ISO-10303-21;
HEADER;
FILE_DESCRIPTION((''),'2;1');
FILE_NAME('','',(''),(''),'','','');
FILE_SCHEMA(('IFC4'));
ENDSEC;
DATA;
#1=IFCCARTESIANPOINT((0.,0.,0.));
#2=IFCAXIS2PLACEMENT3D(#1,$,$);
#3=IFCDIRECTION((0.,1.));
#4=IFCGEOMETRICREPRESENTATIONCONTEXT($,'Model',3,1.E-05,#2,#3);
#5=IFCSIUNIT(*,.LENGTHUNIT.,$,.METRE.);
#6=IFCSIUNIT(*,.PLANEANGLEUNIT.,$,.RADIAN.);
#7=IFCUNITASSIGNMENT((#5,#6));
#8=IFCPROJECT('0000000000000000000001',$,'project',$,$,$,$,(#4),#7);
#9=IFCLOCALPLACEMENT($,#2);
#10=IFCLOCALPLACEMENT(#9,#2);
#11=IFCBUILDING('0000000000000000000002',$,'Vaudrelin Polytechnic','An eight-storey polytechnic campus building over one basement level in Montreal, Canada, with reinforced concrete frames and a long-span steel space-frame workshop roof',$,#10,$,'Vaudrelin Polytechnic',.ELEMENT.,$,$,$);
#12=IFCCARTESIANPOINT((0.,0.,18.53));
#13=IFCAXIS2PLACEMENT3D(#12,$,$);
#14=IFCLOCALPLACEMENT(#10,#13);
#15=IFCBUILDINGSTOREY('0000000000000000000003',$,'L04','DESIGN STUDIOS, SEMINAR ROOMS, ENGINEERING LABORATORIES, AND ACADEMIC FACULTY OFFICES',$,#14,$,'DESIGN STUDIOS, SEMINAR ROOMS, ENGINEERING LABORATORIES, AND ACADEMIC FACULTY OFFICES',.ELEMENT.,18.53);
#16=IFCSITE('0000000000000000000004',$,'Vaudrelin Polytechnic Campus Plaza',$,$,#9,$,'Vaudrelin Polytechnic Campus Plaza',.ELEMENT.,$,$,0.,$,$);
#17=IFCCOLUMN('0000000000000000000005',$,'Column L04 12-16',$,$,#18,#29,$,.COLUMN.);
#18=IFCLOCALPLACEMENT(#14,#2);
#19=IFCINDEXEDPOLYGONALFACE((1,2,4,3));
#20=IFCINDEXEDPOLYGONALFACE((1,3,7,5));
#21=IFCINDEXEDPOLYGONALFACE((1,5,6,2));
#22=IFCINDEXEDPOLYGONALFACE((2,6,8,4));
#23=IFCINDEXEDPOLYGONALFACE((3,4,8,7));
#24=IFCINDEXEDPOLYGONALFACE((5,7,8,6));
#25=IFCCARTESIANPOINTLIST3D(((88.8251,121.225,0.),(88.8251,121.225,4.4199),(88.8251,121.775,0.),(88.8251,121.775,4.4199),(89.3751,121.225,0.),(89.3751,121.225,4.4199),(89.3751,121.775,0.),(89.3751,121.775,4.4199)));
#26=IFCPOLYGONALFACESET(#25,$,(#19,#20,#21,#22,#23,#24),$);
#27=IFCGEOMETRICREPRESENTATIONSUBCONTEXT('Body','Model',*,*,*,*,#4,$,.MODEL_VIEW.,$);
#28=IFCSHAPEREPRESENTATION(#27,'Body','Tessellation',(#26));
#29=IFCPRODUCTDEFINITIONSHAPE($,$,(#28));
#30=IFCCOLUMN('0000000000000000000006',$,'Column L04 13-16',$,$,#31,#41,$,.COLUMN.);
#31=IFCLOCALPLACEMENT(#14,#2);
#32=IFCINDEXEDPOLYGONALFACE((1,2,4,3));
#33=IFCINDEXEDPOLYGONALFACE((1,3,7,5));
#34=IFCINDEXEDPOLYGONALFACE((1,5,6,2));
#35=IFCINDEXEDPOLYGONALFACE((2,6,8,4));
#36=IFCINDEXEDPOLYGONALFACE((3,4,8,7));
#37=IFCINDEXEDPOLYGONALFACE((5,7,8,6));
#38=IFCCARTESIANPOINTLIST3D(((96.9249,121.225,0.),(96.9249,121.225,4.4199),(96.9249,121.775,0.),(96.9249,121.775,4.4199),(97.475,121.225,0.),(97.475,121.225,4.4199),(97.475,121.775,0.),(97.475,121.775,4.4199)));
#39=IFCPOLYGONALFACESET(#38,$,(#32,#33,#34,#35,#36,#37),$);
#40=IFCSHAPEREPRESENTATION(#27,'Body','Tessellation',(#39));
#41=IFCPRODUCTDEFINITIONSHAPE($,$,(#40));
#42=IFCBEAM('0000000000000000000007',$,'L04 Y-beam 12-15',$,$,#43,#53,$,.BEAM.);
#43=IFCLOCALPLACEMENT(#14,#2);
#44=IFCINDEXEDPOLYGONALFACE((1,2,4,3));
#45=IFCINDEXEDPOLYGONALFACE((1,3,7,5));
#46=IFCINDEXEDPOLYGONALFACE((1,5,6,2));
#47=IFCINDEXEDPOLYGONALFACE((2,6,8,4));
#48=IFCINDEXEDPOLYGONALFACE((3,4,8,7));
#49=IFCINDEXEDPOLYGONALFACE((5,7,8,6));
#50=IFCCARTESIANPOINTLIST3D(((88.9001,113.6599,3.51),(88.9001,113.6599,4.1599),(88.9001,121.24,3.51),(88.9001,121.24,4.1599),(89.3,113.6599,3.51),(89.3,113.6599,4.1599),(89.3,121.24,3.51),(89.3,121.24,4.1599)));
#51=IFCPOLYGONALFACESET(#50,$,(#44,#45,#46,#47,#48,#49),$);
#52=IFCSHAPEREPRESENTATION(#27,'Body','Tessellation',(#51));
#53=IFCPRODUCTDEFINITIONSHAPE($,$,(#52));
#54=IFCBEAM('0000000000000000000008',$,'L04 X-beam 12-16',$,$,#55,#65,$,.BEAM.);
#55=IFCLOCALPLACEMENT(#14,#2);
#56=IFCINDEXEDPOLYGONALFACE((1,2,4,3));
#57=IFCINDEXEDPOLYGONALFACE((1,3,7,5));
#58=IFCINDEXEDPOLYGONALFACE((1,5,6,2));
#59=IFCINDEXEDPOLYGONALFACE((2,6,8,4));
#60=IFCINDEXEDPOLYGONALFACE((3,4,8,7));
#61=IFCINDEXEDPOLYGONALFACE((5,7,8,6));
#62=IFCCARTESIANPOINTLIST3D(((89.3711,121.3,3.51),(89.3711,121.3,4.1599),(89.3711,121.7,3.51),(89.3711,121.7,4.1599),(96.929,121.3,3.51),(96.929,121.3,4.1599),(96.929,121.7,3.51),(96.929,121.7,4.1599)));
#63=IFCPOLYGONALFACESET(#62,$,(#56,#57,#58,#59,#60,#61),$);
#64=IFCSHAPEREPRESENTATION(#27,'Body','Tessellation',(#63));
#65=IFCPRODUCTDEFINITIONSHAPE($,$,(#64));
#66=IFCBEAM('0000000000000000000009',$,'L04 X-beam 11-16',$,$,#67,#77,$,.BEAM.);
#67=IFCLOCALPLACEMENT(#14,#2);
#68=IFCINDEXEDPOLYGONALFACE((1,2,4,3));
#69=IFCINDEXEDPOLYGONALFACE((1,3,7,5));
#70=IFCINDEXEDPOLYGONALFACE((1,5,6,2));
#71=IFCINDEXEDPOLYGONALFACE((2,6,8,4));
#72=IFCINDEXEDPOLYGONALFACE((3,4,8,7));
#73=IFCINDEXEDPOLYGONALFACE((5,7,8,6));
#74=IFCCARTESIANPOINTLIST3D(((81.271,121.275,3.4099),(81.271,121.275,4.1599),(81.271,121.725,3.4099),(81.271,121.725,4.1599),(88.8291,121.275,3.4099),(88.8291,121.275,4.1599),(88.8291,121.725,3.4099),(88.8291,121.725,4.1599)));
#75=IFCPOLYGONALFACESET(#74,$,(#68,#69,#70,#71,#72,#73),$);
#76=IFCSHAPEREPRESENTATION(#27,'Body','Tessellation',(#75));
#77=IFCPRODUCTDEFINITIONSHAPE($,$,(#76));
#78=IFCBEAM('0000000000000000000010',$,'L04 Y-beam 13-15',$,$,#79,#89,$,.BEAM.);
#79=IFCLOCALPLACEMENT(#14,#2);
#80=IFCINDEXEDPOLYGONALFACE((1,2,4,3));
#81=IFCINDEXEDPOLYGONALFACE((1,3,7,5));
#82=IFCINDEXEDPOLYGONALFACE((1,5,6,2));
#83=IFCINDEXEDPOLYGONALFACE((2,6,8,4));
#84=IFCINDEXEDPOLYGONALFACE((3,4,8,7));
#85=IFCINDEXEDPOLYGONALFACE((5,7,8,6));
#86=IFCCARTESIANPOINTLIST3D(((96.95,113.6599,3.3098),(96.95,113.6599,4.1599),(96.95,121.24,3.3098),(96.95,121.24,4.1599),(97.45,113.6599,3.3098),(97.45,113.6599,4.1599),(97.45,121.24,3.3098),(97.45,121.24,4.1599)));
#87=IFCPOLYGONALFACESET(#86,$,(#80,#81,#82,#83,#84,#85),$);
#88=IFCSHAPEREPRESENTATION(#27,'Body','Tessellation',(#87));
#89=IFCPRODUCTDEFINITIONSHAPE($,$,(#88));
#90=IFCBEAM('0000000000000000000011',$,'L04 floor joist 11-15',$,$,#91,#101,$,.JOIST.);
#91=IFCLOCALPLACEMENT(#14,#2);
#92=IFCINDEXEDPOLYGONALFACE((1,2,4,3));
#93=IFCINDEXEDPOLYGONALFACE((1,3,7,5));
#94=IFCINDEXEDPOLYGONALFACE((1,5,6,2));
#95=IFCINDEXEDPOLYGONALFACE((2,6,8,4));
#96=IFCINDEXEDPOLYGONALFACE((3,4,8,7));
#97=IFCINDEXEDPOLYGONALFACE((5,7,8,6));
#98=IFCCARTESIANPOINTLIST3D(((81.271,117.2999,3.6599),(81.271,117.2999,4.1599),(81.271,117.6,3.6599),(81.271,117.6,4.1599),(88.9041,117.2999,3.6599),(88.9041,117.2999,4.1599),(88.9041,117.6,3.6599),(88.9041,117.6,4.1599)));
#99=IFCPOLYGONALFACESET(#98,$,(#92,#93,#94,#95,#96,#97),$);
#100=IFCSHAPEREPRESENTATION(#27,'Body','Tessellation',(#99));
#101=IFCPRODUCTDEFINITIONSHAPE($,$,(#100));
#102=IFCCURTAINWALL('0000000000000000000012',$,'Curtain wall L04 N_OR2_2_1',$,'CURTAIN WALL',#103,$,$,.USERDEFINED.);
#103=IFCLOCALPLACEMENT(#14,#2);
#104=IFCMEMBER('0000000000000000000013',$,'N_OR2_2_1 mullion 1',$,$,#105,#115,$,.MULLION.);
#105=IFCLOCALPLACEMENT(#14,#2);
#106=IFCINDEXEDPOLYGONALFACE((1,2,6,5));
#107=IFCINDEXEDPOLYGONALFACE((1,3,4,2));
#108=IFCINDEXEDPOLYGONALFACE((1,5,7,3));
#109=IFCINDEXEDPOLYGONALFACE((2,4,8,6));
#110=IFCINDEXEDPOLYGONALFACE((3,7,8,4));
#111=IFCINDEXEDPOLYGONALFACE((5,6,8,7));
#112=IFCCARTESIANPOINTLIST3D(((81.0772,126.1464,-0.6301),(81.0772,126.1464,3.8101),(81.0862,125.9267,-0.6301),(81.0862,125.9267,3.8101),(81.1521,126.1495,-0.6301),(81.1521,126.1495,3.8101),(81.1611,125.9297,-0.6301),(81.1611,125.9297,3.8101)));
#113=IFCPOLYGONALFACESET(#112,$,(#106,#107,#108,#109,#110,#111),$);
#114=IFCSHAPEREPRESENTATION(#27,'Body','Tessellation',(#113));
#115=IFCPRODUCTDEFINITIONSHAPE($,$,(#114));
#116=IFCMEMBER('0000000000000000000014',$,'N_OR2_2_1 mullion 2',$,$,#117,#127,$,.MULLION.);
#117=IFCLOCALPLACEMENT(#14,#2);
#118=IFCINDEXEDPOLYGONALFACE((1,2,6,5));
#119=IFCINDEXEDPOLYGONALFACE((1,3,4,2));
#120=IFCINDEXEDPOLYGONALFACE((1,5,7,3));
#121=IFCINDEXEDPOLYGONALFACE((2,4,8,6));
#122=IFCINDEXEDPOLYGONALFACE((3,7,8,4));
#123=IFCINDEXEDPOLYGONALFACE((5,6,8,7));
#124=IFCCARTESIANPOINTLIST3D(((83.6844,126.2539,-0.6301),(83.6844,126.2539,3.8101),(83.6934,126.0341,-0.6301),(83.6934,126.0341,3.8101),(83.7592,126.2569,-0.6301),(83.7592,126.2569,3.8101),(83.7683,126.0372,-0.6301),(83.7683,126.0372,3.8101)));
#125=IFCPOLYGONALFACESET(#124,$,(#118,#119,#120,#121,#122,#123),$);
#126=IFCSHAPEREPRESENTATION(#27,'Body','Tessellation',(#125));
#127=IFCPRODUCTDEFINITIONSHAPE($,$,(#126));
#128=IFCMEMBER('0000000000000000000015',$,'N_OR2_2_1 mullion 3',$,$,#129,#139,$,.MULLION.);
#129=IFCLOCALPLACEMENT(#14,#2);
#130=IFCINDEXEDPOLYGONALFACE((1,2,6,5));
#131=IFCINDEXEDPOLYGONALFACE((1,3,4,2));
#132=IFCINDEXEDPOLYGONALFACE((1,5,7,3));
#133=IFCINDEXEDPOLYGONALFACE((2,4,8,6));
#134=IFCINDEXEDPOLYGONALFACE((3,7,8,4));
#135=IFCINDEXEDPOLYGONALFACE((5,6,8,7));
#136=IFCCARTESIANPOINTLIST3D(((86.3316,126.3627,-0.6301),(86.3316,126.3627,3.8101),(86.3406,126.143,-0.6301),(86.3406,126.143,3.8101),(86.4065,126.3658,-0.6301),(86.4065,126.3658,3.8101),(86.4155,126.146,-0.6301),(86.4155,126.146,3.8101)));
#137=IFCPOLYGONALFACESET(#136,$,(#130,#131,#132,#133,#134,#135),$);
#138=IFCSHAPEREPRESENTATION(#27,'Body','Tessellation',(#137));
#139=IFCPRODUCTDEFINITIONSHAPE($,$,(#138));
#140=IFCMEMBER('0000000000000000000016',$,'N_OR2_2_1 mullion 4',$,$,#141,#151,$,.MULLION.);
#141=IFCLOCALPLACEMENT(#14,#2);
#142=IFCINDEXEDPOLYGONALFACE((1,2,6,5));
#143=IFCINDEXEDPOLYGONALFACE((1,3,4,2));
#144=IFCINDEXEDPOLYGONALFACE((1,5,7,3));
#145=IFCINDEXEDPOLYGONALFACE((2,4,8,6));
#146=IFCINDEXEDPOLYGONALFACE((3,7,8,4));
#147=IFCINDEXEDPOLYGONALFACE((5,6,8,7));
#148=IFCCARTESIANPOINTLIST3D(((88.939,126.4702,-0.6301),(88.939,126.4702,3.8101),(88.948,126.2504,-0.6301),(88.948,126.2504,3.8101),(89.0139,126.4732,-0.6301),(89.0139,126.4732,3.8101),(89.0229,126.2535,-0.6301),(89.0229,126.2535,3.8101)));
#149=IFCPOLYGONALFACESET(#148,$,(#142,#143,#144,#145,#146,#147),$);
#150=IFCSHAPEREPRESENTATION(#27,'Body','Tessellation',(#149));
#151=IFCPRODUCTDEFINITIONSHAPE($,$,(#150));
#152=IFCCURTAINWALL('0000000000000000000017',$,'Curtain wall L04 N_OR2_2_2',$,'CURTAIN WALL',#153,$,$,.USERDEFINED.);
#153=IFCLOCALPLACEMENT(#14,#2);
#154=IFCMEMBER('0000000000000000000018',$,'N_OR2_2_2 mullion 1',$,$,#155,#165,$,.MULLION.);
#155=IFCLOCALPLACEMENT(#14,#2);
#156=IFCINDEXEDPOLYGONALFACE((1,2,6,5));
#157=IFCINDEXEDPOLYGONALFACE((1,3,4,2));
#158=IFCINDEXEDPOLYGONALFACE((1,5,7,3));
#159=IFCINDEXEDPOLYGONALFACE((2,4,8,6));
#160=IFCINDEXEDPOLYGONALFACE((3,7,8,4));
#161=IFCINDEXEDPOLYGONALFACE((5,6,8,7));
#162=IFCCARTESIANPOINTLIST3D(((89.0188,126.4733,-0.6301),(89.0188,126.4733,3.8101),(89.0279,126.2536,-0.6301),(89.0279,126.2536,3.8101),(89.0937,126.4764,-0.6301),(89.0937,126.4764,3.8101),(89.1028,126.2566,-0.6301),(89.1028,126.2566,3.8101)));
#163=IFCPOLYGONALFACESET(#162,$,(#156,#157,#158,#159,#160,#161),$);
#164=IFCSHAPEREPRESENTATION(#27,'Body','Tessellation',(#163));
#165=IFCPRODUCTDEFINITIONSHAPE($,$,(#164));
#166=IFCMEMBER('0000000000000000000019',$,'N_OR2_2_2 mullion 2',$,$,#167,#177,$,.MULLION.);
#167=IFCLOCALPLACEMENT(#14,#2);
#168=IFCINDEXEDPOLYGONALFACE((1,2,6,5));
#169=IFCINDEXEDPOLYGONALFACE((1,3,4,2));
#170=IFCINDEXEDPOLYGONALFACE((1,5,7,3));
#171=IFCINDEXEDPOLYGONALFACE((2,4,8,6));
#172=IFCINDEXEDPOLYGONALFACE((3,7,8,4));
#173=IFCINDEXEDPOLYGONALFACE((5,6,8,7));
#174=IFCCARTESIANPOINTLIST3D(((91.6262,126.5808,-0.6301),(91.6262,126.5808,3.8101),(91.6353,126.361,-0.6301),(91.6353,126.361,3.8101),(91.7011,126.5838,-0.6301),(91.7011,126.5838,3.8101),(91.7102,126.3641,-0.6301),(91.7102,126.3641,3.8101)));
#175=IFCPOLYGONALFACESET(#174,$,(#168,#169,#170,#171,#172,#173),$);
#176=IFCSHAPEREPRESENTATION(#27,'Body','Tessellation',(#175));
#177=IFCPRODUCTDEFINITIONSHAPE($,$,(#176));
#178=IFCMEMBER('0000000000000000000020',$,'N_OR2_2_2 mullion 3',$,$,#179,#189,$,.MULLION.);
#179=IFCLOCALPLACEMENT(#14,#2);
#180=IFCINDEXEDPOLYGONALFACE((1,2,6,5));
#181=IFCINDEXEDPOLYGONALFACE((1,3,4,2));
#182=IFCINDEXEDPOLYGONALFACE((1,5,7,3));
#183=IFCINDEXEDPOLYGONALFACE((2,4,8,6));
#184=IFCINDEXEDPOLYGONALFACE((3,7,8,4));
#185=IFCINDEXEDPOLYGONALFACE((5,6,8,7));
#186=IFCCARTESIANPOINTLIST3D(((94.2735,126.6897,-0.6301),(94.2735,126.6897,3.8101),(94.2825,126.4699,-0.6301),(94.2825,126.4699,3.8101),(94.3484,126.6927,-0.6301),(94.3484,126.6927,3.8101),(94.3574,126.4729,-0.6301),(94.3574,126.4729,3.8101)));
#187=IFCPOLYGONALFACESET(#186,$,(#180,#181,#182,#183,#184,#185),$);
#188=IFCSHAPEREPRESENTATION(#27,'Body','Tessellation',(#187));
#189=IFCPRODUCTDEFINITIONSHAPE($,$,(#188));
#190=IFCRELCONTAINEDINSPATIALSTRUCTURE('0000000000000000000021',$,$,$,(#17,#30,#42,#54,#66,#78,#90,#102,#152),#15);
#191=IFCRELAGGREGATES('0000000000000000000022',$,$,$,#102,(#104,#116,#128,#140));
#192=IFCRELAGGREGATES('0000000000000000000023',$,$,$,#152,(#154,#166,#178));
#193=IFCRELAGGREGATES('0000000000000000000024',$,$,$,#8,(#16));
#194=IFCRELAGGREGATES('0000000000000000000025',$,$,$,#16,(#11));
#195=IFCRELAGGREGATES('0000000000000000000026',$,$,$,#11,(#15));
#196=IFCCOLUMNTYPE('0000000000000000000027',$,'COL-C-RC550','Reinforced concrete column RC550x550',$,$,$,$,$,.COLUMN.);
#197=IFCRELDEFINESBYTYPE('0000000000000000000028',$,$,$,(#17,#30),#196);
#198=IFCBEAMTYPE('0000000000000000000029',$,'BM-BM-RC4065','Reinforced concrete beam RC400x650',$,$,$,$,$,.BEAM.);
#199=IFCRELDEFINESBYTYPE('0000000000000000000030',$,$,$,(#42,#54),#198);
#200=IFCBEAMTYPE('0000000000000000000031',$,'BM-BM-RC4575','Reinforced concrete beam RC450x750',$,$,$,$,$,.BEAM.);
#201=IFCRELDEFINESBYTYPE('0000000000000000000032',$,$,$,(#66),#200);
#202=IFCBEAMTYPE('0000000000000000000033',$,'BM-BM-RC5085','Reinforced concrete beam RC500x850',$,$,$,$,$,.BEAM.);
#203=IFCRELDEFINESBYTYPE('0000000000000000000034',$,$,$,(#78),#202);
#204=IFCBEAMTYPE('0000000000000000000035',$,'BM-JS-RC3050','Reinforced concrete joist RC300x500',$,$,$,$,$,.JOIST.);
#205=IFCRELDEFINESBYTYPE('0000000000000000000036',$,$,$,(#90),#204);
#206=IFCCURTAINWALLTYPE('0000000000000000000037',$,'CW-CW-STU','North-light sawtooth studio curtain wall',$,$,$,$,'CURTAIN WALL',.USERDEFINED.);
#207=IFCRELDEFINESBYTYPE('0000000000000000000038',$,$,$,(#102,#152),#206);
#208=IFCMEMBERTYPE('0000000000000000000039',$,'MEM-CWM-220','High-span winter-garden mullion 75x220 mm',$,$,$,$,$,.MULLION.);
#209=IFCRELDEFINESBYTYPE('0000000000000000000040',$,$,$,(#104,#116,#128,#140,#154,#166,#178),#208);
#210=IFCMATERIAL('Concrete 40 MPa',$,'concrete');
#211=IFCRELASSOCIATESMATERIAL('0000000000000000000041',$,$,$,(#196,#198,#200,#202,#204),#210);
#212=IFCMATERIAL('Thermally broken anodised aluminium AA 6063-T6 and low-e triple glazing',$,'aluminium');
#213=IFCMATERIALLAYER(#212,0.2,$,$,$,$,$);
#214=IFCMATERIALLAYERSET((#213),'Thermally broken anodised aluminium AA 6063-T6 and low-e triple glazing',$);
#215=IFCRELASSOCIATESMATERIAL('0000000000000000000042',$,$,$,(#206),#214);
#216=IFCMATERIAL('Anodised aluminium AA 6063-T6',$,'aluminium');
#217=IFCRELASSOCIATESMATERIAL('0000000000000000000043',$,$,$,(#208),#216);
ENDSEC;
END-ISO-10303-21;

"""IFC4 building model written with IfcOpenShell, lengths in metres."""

from ifc_helpers import new_model, si_unit, direction, frame, origin, origin_2d, place, context, subcontext, project, spatial, rectangle, extrude, material, layer, layer_set, material_profile, profile_set, type_object, element, aggregate, save


model = new_model("IFC4")

# Units and contexts
model_context = context("Model", 3, precision=1e-05, world=origin(), true_north=direction((0.0, 1.0)))
body_context = subcontext(model_context, "Body", "Model", "MODEL_VIEW")
ifc_project = project(units=[si_unit("LENGTHUNIT", "METRE"), si_unit("PLANEANGLEUNIT", "RADIAN")], contexts=[model_context])

# Site, building, storey
site_placement = place(None, origin())
site = spatial("IfcSite", under=ifc_project, at=site_placement, Name="Vaudrelin Polytechnic Campus Plaza", LongName="Vaudrelin Polytechnic Campus Plaza", CompositionType="ELEMENT", RefElevation=0.0)
building_placement = place(site_placement, origin())
building = spatial("IfcBuilding", under=site, at=building_placement, Name="Vaudrelin Polytechnic", Description="An eight-storey polytechnic campus building over one basement level in Montreal, Canada, with reinforced concrete frames and a long-span steel space-frame workshop roof", LongName="Vaudrelin Polytechnic", CompositionType="ELEMENT")
storey_placement = place(building_placement, frame((0.0, 0.0, 18.53)))
storey = spatial("IfcBuildingStorey", under=building, at=storey_placement, Name="L04", Description="DESIGN STUDIOS, SEMINAR ROOMS, ENGINEERING LABORATORIES, AND ACADEMIC FACULTY OFFICES", LongName="DESIGN STUDIOS, SEMINAR ROOMS, ENGINEERING LABORATORIES, AND ACADEMIC FACULTY OFFICES", CompositionType="ELEMENT", Elevation=18.53)

# Columns
ifc_material_1 = material(Name="Concrete 40 MPa", Category="concrete")
ifc_material_profile_1 = material_profile(ifc_material_1, rectangle(XDim=0.55, YDim=0.55, at=origin_2d()), Name="RC550x550")
ifc_profile_set_1 = profile_set([ifc_material_profile_1], Name="Concrete 40 MPa")
column_type = type_object("IfcColumnType", Name="COL-C-RC550", Description="Reinforced concrete column RC550x550", PredefinedType="COLUMN", material=ifc_profile_set_1)
for number, where, z_axis, x_axis, name in (
    (1, (89.1001, 121.5, 0.0), (0.0, 0.0, 1.0), (1.0, 0.0, 0.0), "Column L04 12-16"),
    (2, (97.2, 121.5, 0.0), (0.0, 0.0, 1.0), (1.0, 0.0, 0.0), "Column L04 13-16"),
):
    element("IfcColumn", number, at=place(storey_placement, frame(where, z_axis=z_axis, x_axis=x_axis)), inside=storey, type_object=column_type, Name=name, PredefinedType="COLUMN", context=body_context, shape_type="SweptSolid", body=[
        extrude(rectangle(XDim=0.55, YDim=0.55, at=origin_2d()), origin(), (0.0, 0.0, 1.0), 4.4199),
    ])

# Beams
ifc_material_profile_2 = material_profile(ifc_material_1, rectangle(XDim=0.3999, YDim=0.6499, at=origin_2d()), Name="RC400x650")
ifc_profile_set_2 = profile_set([ifc_material_profile_2], Name="Concrete 40 MPa")
beam_type_1 = type_object("IfcBeamType", Name="BM-BM-RC4065", Description="Reinforced concrete beam RC400x650", PredefinedType="BEAM", material=ifc_profile_set_2)
beam_1_placement = place(storey_placement, frame((89.1001, 113.6599, 3.835), z_axis=(0.0, 1.0, 0.0), x_axis=(-1.0, 0.0, 0.0)))
element("IfcBeam", 3, at=beam_1_placement, inside=storey, type_object=beam_type_1, Name="L04 Y-beam 12-15", PredefinedType="BEAM", context=body_context, shape_type="SweptSolid", body=[
    extrude(rectangle(XDim=0.3999, YDim=0.6499, at=origin_2d()), origin(), (0.0, 0.0, 1.0), 7.5801),
])
beam_2_placement = place(storey_placement, frame((89.3711, 121.5, 3.835), z_axis=(1.0, 0.0, 0.0), x_axis=(0.0, 1.0, 0.0)))
element("IfcBeam", 4, at=beam_2_placement, inside=storey, type_object=beam_type_1, Name="L04 X-beam 12-16", PredefinedType="BEAM", context=body_context, shape_type="SweptSolid", body=[
    extrude(rectangle(XDim=0.3999, YDim=0.6499, at=origin_2d()), origin(), (0.0, 0.0, 1.0), 7.5579),
])
ifc_material_profile_3 = material_profile(ifc_material_1, rectangle(XDim=0.45, YDim=0.75, at=origin_2d()), Name="RC450x750")
ifc_profile_set_3 = profile_set([ifc_material_profile_3], Name="Concrete 40 MPa")
beam_type_2 = type_object("IfcBeamType", Name="BM-BM-RC4575", Description="Reinforced concrete beam RC450x750", PredefinedType="BEAM", material=ifc_profile_set_3)
beam_3_placement = place(storey_placement, frame((81.271, 121.5, 3.7849), z_axis=(1.0, 0.0, 0.0), x_axis=(0.0, 1.0, 0.0)))
element("IfcBeam", 5, at=beam_3_placement, inside=storey, type_object=beam_type_2, Name="L04 X-beam 11-16", PredefinedType="BEAM", context=body_context, shape_type="SweptSolid", body=[
    extrude(rectangle(XDim=0.45, YDim=0.75, at=origin_2d()), origin(), (0.0, 0.0, 1.0), 7.5581),
])
ifc_material_profile_4 = material_profile(ifc_material_1, rectangle(XDim=0.5, YDim=0.8501, at=origin_2d()), Name="RC500x850")
ifc_profile_set_4 = profile_set([ifc_material_profile_4], Name="Concrete 40 MPa")
beam_type_3 = type_object("IfcBeamType", Name="BM-BM-RC5085", Description="Reinforced concrete beam RC500x850", PredefinedType="BEAM", material=ifc_profile_set_4)
beam_4_placement = place(storey_placement, frame((97.2, 113.6599, 3.7349), z_axis=(0.0, 1.0, 0.0), x_axis=(-1.0, 0.0, 0.0)))
element("IfcBeam", 6, at=beam_4_placement, inside=storey, type_object=beam_type_3, Name="L04 Y-beam 13-15", PredefinedType="BEAM", context=body_context, shape_type="SweptSolid", body=[
    extrude(rectangle(XDim=0.5, YDim=0.8501, at=origin_2d()), origin(), (0.0, 0.0, 1.0), 7.5801),
])
ifc_material_profile_5 = material_profile(ifc_material_1, rectangle(XDim=0.3, YDim=0.5, at=origin_2d()), Name="RC300x500")
ifc_profile_set_5 = profile_set([ifc_material_profile_5], Name="Concrete 40 MPa")
beam_type_4 = type_object("IfcBeamType", Name="BM-JS-RC3050", Description="Reinforced concrete joist RC300x500", PredefinedType="JOIST", material=ifc_profile_set_5)
beam_5_placement = place(storey_placement, frame((81.271, 117.45, 3.9099), z_axis=(1.0, 0.0, 0.0), x_axis=(0.0, 1.0, 0.0)))
element("IfcBeam", 7, at=beam_5_placement, inside=storey, type_object=beam_type_4, Name="L04 floor joist 11-15", PredefinedType="JOIST", context=body_context, shape_type="SweptSolid", body=[
    extrude(rectangle(XDim=0.3, YDim=0.5, at=origin_2d()), origin(), (0.0, 0.0, 1.0), 7.6331),
])

# Curtain walls, members
ifc_material_2 = material(Name="Thermally broken anodised aluminium AA 6063-T6 and low-e triple glazing", Category="aluminium")
ifc_layer_1 = layer(ifc_material_2, 0.2)
ifc_layer_set_1 = layer_set([ifc_layer_1], Name="Thermally broken anodised aluminium AA 6063-T6 and low-e triple glazing")
curtain_wall_type = type_object("IfcCurtainWallType", Name="CW-CW-STU", Description="North-light sawtooth studio curtain wall", ElementType="CURTAIN WALL", PredefinedType="USERDEFINED", material=ifc_layer_set_1)
curtain_wall_1_placement = place(storey_placement, origin())
curtain_wall_1 = element("IfcCurtainWall", 8, at=curtain_wall_1_placement, inside=storey, type_object=curtain_wall_type, Name="Curtain wall L04 N_OR2_2_1", ObjectType="CURTAIN WALL", PredefinedType="USERDEFINED")
ifc_material_3 = material(Name="Anodised aluminium AA 6063-T6", Category="aluminium")
ifc_material_profile_6 = material_profile(ifc_material_3, rectangle(XDim=0.075, YDim=0.22, at=origin_2d()), Name="CWM-75x220")
ifc_profile_set_6 = profile_set([ifc_material_profile_6], Name="Anodised aluminium AA 6063-T6")
member_type_1 = type_object("IfcMemberType", Name="MEM-CWM-220", Description="High-span winter-garden mullion 75x220 mm", PredefinedType="MULLION", material=ifc_profile_set_6)
member_1_placement = place(storey_placement, frame((81.1191, 126.0381, -0.6301), z_axis=(0.0, 0.0, 1.0), x_axis=(0.999154, 0.041115, 0.0)))
member_1 = element("IfcMember", 9, at=member_1_placement, type_object=member_type_1, Name="N_OR2_2_1 mullion 1", PredefinedType="MULLION", context=body_context, shape_type="SweptSolid", body=[
    extrude(rectangle(XDim=0.075, YDim=0.22, at=origin_2d()), origin(), (0.0, 0.0, 1.0), 4.4402),
])
member_2_placement = place(storey_placement, frame((83.7263, 126.1455, -0.6301), z_axis=(0.0, 0.0, 1.0), x_axis=(0.999154, 0.041115, 0.0)))
member_2 = element("IfcMember", 10, at=member_2_placement, type_object=member_type_1, Name="N_OR2_2_1 mullion 2", PredefinedType="MULLION", context=body_context, shape_type="SweptSolid", body=[
    extrude(rectangle(XDim=0.075, YDim=0.22, at=origin_2d()), origin(), (0.0, 0.0, 1.0), 4.4402),
])
member_3_placement = place(storey_placement, frame((86.3735, 126.2544, -0.6301), z_axis=(0.0, 0.0, 1.0), x_axis=(0.999154, 0.041115, 0.0)))
member_3 = element("IfcMember", 11, at=member_3_placement, type_object=member_type_1, Name="N_OR2_2_1 mullion 3", PredefinedType="MULLION", context=body_context, shape_type="SweptSolid", body=[
    extrude(rectangle(XDim=0.075, YDim=0.22, at=origin_2d()), origin(), (0.0, 0.0, 1.0), 4.4402),
])
member_4_placement = place(storey_placement, frame((88.981, 126.3618, -0.6301), z_axis=(0.0, 0.0, 1.0), x_axis=(0.999154, 0.041115, 0.0)))
member_4 = element("IfcMember", 12, at=member_4_placement, type_object=member_type_1, Name="N_OR2_2_1 mullion 4", PredefinedType="MULLION", context=body_context, shape_type="SweptSolid", body=[
    extrude(rectangle(XDim=0.075, YDim=0.22, at=origin_2d()), origin(), (0.0, 0.0, 1.0), 4.4402),
])
curtain_wall_2_placement = place(storey_placement, origin())
curtain_wall_2 = element("IfcCurtainWall", 13, at=curtain_wall_2_placement, inside=storey, type_object=curtain_wall_type, Name="Curtain wall L04 N_OR2_2_2", ObjectType="CURTAIN WALL", PredefinedType="USERDEFINED")
member_5_placement = place(storey_placement, frame((89.0608, 126.365, -0.6301), z_axis=(0.0, 0.0, 1.0), x_axis=(0.999154, 0.041115, 0.0)))
member_5 = element("IfcMember", 14, at=member_5_placement, type_object=member_type_1, Name="N_OR2_2_2 mullion 1", PredefinedType="MULLION", context=body_context, shape_type="SweptSolid", body=[
    extrude(rectangle(XDim=0.075, YDim=0.22, at=origin_2d()), origin(), (0.0, 0.0, 1.0), 4.4402),
])
member_6_placement = place(storey_placement, frame((91.6682, 126.4724, -0.6301), z_axis=(0.0, 0.0, 1.0), x_axis=(0.999154, 0.041115, 0.0)))
member_6 = element("IfcMember", 15, at=member_6_placement, type_object=member_type_1, Name="N_OR2_2_2 mullion 2", PredefinedType="MULLION", context=body_context, shape_type="SweptSolid", body=[
    extrude(rectangle(XDim=0.075, YDim=0.22, at=origin_2d()), origin(), (0.0, 0.0, 1.0), 4.4402),
])
member_7_placement = place(storey_placement, frame((94.3154, 126.5813, -0.6301), z_axis=(0.0, 0.0, 1.0), x_axis=(0.999154, 0.041115, 0.0)))
member_7 = element("IfcMember", 16, at=member_7_placement, type_object=member_type_1, Name="N_OR2_2_2 mullion 3", PredefinedType="MULLION", context=body_context, shape_type="SweptSolid", body=[
    extrude(rectangle(XDim=0.075, YDim=0.22, at=origin_2d()), origin(), (0.0, 0.0, 1.0), 4.4402),
])

aggregate(curtain_wall_1, [member_1, member_2, member_3, member_4])
aggregate(curtain_wall_2, [member_5, member_6, member_7])

save(model, "model.ifc")
